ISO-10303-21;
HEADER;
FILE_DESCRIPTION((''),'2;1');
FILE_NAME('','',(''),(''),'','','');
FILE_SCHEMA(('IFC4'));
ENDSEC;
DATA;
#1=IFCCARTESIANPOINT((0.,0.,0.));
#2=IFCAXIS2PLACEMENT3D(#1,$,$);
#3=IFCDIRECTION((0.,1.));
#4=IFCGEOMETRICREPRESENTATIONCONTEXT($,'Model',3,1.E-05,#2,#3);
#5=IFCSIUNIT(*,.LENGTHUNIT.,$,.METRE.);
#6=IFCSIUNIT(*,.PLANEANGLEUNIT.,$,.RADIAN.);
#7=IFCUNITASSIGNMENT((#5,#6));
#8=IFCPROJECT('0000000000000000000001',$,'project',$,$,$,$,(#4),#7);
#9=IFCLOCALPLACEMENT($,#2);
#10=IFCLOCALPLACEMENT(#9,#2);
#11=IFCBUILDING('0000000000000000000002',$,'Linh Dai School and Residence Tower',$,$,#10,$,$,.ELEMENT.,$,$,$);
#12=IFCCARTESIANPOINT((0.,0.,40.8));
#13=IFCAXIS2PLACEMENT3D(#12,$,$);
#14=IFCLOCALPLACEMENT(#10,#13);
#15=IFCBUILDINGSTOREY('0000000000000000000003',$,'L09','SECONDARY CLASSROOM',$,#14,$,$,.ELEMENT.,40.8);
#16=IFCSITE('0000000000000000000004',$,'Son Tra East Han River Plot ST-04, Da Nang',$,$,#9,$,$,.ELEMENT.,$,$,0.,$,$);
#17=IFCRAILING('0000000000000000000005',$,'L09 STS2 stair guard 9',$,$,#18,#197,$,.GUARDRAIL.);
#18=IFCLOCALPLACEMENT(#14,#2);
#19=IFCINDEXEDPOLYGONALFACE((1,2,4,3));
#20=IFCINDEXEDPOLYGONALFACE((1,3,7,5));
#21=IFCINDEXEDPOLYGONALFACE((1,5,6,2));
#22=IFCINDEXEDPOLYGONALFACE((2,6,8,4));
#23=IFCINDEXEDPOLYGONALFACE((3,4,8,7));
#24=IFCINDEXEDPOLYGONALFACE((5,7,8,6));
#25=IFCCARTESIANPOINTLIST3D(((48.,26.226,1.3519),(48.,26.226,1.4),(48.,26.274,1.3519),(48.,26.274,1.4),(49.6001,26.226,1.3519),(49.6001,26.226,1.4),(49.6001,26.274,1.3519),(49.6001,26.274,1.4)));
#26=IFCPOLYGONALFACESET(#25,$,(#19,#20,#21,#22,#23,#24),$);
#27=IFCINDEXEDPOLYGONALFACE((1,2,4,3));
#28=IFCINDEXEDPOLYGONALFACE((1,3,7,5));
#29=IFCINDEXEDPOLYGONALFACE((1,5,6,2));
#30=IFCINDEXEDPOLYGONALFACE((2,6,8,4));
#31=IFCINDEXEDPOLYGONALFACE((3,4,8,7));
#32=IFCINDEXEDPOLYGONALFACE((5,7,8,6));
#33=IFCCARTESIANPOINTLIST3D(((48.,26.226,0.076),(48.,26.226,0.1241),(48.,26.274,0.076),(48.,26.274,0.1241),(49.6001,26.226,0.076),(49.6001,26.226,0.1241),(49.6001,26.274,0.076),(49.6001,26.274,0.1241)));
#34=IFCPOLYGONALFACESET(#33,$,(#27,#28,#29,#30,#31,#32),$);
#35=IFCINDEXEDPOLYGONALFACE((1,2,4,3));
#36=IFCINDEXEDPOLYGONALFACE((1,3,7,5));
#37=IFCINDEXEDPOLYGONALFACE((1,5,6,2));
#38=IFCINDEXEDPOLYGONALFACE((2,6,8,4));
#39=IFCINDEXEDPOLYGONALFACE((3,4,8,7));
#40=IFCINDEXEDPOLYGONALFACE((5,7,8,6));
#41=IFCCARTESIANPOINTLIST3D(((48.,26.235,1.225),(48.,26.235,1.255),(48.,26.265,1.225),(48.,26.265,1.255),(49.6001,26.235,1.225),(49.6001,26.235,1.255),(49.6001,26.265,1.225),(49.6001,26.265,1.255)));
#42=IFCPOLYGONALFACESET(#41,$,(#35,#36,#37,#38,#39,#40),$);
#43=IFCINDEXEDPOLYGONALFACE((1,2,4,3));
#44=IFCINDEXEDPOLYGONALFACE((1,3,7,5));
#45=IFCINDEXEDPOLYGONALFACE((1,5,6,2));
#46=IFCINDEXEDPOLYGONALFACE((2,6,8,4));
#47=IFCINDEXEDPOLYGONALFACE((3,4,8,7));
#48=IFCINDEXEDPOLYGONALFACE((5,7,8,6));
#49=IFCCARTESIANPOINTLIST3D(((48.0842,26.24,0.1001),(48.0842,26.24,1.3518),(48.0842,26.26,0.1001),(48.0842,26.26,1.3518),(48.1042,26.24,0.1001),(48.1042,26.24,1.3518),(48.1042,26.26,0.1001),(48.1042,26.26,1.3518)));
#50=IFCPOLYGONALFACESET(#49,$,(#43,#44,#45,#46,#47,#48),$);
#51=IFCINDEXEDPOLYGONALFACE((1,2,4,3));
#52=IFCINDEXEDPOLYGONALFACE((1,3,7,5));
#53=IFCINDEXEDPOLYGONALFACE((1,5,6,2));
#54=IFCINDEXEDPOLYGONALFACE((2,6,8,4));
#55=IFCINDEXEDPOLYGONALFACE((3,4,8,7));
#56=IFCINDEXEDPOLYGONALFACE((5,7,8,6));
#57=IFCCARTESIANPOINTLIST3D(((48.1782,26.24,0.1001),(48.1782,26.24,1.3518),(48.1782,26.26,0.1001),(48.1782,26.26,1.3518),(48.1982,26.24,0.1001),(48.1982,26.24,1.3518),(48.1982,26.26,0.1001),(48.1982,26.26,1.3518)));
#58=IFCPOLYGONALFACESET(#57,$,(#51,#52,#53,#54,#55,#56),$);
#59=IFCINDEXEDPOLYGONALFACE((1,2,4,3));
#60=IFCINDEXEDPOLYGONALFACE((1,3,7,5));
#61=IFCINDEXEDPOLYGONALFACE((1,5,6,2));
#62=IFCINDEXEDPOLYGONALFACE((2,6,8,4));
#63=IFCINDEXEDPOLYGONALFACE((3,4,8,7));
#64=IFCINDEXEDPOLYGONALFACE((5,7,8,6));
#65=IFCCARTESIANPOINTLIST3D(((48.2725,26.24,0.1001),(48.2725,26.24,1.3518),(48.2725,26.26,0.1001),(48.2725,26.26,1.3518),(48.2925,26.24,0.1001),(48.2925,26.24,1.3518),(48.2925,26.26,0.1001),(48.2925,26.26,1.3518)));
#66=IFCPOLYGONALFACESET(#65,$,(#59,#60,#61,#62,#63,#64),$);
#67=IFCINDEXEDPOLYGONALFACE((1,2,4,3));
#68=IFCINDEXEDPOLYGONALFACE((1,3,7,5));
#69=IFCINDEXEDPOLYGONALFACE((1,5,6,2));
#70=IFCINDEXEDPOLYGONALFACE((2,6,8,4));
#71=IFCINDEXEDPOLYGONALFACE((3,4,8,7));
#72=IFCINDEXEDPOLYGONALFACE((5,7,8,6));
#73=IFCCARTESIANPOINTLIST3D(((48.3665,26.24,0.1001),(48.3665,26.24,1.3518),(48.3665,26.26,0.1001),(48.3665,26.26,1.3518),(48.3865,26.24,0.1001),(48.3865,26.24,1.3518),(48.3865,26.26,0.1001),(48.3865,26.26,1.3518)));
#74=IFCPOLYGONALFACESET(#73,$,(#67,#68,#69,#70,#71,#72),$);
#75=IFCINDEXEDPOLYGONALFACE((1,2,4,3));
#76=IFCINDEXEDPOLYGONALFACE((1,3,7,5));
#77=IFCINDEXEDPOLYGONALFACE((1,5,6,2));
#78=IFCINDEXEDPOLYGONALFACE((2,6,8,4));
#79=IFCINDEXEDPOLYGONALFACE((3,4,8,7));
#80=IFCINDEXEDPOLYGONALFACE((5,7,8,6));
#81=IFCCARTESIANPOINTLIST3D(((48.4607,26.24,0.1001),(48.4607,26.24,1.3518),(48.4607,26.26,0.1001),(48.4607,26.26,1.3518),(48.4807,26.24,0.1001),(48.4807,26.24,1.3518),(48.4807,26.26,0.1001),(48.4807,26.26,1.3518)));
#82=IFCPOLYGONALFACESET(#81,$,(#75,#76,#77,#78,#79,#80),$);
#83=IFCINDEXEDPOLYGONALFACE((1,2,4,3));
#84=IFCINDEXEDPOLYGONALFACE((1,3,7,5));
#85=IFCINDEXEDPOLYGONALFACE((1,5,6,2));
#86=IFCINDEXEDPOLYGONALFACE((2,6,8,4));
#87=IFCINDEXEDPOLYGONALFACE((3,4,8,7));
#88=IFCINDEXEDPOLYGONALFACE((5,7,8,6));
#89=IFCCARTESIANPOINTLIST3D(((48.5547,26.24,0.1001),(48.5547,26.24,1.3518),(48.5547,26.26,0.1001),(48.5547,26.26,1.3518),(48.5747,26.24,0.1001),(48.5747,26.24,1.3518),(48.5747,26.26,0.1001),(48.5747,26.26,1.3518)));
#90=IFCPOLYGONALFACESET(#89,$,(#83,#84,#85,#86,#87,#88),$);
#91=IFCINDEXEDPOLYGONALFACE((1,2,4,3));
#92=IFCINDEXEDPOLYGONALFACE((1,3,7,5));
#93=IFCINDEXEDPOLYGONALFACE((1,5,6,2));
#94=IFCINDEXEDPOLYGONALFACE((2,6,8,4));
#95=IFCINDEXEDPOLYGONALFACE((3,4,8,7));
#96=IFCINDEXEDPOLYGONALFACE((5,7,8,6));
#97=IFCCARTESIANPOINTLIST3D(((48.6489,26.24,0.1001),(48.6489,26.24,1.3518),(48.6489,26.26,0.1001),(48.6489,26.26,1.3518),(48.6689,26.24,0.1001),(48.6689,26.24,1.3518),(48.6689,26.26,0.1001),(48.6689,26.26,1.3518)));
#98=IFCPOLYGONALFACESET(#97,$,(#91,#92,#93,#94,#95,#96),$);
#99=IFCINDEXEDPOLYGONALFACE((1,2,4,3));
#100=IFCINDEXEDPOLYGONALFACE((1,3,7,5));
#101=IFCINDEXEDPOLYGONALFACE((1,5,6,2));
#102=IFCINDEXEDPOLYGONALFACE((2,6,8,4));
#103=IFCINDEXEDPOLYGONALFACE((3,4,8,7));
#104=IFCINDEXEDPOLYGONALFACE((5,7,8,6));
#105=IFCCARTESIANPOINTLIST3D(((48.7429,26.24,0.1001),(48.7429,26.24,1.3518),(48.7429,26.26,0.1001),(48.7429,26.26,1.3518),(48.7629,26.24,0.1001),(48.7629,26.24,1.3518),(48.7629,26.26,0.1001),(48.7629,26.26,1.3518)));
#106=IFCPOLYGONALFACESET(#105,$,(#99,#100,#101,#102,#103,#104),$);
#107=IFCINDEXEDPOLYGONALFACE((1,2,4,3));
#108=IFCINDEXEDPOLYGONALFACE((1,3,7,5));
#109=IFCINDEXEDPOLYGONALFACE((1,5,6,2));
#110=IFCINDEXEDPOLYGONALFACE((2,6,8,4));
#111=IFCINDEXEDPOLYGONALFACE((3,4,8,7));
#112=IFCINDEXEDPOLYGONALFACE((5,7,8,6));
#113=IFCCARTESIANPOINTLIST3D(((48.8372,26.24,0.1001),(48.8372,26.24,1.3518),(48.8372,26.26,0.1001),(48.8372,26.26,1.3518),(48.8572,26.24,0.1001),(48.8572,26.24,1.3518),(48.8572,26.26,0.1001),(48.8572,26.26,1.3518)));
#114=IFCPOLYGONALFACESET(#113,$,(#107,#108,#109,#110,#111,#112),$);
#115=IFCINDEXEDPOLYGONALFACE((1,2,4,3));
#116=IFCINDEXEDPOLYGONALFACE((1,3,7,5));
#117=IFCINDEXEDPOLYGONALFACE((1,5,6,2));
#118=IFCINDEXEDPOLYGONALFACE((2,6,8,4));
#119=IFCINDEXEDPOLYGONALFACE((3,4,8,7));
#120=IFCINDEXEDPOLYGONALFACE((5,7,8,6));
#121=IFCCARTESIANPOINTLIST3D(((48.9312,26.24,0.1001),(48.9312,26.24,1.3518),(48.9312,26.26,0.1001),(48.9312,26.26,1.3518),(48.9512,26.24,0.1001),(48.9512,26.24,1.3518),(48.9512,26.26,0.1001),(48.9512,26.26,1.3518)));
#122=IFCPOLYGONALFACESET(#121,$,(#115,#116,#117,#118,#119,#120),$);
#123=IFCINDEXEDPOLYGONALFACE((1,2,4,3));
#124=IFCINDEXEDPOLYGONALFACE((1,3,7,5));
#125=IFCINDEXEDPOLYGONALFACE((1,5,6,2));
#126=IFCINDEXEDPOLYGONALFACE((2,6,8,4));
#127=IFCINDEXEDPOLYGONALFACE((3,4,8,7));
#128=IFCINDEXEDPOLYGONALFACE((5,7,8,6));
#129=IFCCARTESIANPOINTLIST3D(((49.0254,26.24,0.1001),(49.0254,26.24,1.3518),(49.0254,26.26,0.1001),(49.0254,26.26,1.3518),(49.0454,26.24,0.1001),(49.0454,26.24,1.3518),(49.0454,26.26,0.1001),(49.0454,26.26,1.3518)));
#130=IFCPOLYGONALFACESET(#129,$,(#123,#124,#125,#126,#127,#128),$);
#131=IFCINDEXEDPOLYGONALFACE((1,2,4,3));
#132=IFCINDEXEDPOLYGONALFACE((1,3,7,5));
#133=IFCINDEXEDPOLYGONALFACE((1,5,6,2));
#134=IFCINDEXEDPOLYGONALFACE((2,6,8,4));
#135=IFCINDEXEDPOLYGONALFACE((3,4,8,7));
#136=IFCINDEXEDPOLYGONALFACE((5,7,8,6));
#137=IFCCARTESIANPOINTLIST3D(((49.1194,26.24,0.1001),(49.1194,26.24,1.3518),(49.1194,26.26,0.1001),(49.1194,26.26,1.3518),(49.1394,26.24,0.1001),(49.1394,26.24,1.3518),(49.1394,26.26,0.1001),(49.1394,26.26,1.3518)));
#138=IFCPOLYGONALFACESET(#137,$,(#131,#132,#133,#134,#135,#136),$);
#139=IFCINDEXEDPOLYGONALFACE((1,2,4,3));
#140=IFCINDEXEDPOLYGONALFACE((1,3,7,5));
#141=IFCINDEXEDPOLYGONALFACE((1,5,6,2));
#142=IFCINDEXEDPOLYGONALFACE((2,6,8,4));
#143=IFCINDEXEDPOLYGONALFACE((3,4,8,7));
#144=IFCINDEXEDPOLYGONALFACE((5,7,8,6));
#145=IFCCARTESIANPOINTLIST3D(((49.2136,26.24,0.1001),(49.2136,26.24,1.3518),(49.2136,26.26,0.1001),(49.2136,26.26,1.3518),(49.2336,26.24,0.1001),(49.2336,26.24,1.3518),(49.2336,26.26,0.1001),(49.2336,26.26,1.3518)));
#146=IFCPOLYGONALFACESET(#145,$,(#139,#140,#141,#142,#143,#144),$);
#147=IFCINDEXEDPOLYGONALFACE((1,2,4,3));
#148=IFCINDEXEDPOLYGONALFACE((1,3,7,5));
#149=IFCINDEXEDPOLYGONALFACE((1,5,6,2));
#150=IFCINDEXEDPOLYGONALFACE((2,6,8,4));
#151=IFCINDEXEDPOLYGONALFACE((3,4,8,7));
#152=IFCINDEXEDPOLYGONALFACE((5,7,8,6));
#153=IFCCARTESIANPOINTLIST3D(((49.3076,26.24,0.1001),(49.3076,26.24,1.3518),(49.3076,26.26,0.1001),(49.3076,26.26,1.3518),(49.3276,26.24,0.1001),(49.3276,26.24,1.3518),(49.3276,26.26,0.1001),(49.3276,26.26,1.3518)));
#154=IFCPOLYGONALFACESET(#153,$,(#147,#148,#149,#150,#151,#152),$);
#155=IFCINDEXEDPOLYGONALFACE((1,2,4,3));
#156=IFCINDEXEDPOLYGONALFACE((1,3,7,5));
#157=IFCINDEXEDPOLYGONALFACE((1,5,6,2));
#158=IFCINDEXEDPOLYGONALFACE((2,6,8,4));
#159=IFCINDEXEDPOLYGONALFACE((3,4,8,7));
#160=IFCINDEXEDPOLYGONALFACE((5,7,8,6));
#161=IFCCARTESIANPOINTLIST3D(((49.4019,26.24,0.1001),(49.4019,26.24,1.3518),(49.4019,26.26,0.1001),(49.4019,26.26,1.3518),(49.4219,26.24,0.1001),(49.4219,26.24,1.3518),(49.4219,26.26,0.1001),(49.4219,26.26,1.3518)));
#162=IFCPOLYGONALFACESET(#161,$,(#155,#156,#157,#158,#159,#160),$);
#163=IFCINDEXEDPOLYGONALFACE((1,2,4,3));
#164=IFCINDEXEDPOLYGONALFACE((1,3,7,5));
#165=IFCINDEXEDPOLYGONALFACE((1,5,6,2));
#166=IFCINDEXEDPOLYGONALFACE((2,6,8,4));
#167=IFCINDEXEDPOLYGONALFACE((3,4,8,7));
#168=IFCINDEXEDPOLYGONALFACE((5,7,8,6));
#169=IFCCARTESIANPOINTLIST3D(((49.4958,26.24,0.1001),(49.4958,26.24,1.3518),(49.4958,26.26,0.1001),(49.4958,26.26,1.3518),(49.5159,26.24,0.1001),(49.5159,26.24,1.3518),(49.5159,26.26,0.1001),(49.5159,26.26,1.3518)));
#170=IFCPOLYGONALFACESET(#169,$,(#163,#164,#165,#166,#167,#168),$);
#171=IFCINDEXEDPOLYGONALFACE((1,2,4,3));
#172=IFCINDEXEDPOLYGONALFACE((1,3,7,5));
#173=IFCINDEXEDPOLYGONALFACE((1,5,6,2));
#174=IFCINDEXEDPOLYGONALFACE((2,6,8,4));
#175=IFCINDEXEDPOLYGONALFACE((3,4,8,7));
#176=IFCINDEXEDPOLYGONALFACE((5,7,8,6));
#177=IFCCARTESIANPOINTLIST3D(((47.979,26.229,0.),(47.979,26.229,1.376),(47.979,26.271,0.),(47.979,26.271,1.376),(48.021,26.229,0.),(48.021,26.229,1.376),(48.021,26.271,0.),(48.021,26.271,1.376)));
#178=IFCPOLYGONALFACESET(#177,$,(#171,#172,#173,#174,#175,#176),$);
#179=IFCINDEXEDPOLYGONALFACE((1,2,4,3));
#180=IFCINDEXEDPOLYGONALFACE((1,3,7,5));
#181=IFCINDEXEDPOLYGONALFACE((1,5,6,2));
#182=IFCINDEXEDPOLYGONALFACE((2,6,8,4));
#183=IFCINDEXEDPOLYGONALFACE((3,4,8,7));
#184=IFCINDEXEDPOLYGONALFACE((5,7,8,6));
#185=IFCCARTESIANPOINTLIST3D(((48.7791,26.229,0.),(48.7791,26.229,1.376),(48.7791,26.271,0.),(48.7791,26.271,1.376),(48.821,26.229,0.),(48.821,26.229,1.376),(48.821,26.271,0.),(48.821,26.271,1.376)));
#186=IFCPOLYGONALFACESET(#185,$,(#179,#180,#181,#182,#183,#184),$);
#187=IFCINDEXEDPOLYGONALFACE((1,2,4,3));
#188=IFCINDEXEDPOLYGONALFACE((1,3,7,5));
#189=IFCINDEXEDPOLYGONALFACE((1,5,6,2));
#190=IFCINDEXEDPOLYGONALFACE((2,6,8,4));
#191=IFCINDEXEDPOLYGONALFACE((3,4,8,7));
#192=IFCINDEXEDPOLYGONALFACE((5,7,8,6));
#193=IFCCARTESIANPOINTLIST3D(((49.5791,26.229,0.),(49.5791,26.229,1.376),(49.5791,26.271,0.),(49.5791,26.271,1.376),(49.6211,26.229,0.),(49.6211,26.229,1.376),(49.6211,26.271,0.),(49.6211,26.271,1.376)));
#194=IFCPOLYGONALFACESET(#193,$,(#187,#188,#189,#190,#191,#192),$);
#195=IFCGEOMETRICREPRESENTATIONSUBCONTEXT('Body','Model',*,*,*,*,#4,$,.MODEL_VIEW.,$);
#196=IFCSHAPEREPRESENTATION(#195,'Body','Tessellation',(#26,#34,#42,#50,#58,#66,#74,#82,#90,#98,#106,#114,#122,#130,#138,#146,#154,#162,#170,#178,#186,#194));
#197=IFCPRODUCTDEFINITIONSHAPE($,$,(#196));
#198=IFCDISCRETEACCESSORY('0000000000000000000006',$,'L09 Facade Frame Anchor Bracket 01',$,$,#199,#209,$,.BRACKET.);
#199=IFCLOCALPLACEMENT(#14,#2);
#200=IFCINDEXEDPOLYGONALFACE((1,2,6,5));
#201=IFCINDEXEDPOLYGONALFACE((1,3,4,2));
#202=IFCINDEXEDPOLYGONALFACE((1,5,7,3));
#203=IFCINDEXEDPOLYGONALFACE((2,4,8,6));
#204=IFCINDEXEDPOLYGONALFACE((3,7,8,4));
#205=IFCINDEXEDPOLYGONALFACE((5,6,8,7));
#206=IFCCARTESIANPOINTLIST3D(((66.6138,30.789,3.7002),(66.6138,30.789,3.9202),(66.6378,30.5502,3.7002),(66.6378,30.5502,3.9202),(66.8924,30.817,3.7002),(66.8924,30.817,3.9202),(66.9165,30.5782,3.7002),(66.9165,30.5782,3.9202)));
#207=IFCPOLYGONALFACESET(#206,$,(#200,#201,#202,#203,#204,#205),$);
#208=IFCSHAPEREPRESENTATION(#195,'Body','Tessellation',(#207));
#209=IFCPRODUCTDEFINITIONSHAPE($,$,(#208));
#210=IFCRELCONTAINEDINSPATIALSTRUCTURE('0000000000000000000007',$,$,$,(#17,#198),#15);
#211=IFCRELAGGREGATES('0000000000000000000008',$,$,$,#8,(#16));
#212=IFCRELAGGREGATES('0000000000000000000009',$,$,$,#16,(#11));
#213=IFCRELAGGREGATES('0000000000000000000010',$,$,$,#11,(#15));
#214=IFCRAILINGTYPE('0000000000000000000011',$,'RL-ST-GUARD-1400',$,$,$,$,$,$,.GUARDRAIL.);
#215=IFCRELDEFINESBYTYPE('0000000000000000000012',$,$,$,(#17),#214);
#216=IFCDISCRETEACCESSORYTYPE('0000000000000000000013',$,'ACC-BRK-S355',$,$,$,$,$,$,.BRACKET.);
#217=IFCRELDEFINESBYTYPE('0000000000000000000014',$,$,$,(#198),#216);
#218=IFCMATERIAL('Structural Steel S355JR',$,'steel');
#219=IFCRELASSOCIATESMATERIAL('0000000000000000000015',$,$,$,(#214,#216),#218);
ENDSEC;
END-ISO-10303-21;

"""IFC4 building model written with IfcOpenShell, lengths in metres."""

from ifc_helpers import new_model, si_unit, direction, frame, origin, origin_2d, place, context, subcontext, project, spatial, rectangle, extrude, source, transform, mapped, material, type_object, element, save


model = new_model("IFC4")

# Units and contexts
model_context = context("Model", 3, precision=1e-05, world=origin(), true_north=direction((0.0, 1.0)))
body_context = subcontext(model_context, "Body", "Model", "MODEL_VIEW")
ifc_project = project(units=[si_unit("LENGTHUNIT", "METRE"), si_unit("PLANEANGLEUNIT", "RADIAN")], contexts=[model_context])

# Site, building, storey
site_placement = place(None, origin())
site = spatial("IfcSite", under=ifc_project, at=site_placement, Name="Son Tra East Han River Plot ST-04, Da Nang", CompositionType="ELEMENT", RefElevation=0.0)
building_placement = place(site_placement, origin())
building = spatial("IfcBuilding", under=site, at=building_placement, Name="Linh Dai School and Residence Tower", CompositionType="ELEMENT")
storey_placement = place(building_placement, frame((0.0, 0.0, 40.8)))
storey = spatial("IfcBuildingStorey", under=building, at=storey_placement, Name="L09", Description="SECONDARY CLASSROOM", CompositionType="ELEMENT", Elevation=40.8)

# Shared definitions
ifc_material_1 = material(Name="Structural Steel S355JR", Category="steel")

# Railing
railing_type_1 = type_object("IfcRailingType", Name="RL-ST-GUARD-1400", PredefinedType="GUARDRAIL", material=ifc_material_1)
shared_shape_1 = source(origin(), body_context, "Body", "SweptSolid", [
    extrude(rectangle(XDim=0.0481, YDim=0.0481, at=origin_2d()), frame((0.0, 0.0, 1.376), z_axis=(1.0, 0.0, 0.0), x_axis=(0.0, 1.0, 0.0)), (0.0, 0.0, 1.0), 1.6001),
    extrude(rectangle(XDim=0.0481, YDim=0.0481, at=origin_2d()), frame((0.0, 0.0, 0.1001), z_axis=(1.0, 0.0, 0.0), x_axis=(0.0, 1.0, 0.0)), (0.0, 0.0, 1.0), 1.6001),
    extrude(rectangle(XDim=0.03, YDim=0.03, at=origin_2d()), frame((0.0, 0.0, 1.24), z_axis=(1.0, 0.0, 0.0), x_axis=(0.0, 1.0, 0.0)), (0.0, 0.0, 1.0), 1.6001),
    extrude(rectangle(XDim=0.02, YDim=0.02, at=origin_2d()), frame((0.0942, 0.0, 0.1001)), (0.0, 0.0, 1.0), 1.2517),
    extrude(rectangle(XDim=0.02, YDim=0.02, at=origin_2d()), frame((0.1882, 0.0, 0.1001)), (0.0, 0.0, 1.0), 1.2517),
    extrude(rectangle(XDim=0.02, YDim=0.02, at=origin_2d()), frame((0.2825, 0.0, 0.1001)), (0.0, 0.0, 1.0), 1.2517),
    extrude(rectangle(XDim=0.02, YDim=0.02, at=origin_2d()), frame((0.3765, 0.0, 0.1001)), (0.0, 0.0, 1.0), 1.2517),
    extrude(rectangle(XDim=0.02, YDim=0.02, at=origin_2d()), frame((0.4707, 0.0, 0.1001)), (0.0, 0.0, 1.0), 1.2517),
    extrude(rectangle(XDim=0.02, YDim=0.02, at=origin_2d()), frame((0.5647, 0.0, 0.1001)), (0.0, 0.0, 1.0), 1.2517),
    extrude(rectangle(XDim=0.02, YDim=0.02, at=origin_2d()), frame((0.6589, 0.0, 0.1001)), (0.0, 0.0, 1.0), 1.2517),
    extrude(rectangle(XDim=0.02, YDim=0.02, at=origin_2d()), frame((0.7529, 0.0, 0.1001)), (0.0, 0.0, 1.0), 1.2517),
    extrude(rectangle(XDim=0.02, YDim=0.02, at=origin_2d()), frame((0.8472, 0.0, 0.1001)), (0.0, 0.0, 1.0), 1.2517),
    extrude(rectangle(XDim=0.02, YDim=0.02, at=origin_2d()), frame((0.9412, 0.0, 0.1001)), (0.0, 0.0, 1.0), 1.2517),
    extrude(rectangle(XDim=0.02, YDim=0.02, at=origin_2d()), frame((1.0354, 0.0, 0.1001)), (0.0, 0.0, 1.0), 1.2517),
    extrude(rectangle(XDim=0.02, YDim=0.02, at=origin_2d()), frame((1.1294, 0.0, 0.1001)), (0.0, 0.0, 1.0), 1.2517),
    extrude(rectangle(XDim=0.02, YDim=0.02, at=origin_2d()), frame((1.2236, 0.0, 0.1001)), (0.0, 0.0, 1.0), 1.2517),
    extrude(rectangle(XDim=0.02, YDim=0.02, at=origin_2d()), frame((1.3176, 0.0, 0.1001)), (0.0, 0.0, 1.0), 1.2517),
    extrude(rectangle(XDim=0.02, YDim=0.02, at=origin_2d()), frame((1.4119, 0.0, 0.1001)), (0.0, 0.0, 1.0), 1.2517),
    extrude(rectangle(XDim=0.02, YDim=0.02, at=origin_2d()), frame((1.5059, 0.0, 0.1001)), (0.0, 0.0, 1.0), 1.2517),
    extrude(rectangle(XDim=0.042, YDim=0.042, at=origin_2d()), origin(), (0.0, 0.0, 1.0), 1.376),
    extrude(rectangle(XDim=0.042, YDim=0.042, at=origin_2d()), frame((0.8, 0.0, 0.0)), (0.0, 0.0, 1.0), 1.376),
    extrude(rectangle(XDim=0.042, YDim=0.042, at=origin_2d()), frame((1.6001, 0.0, 0.0)), (0.0, 0.0, 1.0), 1.376),
])
railing_1_placement = place(storey_placement, frame((48.0, 26.25, 0.0)))
element("IfcRailing", 1, at=railing_1_placement, inside=storey, type_object=railing_type_1, Name="L09 STS2 stair guard 9", PredefinedType="GUARDRAIL", context=body_context, shape_type="MappedRepresentation", body=[
    mapped(shared_shape_1, transform((0.0, 0.0, 0.0), x_axis=(1.0, 0.0, 0.0), y_axis=(0.0, 1.0, 0.0), z_axis=(0.0, 0.0, 1.0), scale=1.0)),
])

# Discrete accessory
discrete_accessory_type = type_object("IfcDiscreteAccessoryType", Name="ACC-BRK-S355", PredefinedType="BRACKET", material=ifc_material_1)
shared_shape_2 = source(origin(), body_context, "Body", "SweptSolid", [
    extrude(rectangle(XDim=0.28, YDim=0.24, at=origin_2d()), origin(), (0.0, 0.0, 1.0), 0.22),
])
discrete_accessory_placement = place(storey_placement, frame((66.7651, 30.6836, 3.7002), z_axis=(0.0, 0.0, 1.0), x_axis=(0.994986, 0.100009, 0.0)))
element("IfcDiscreteAccessory", 2, at=discrete_accessory_placement, inside=storey, type_object=discrete_accessory_type, Name="L09 Facade Frame Anchor Bracket 01", PredefinedType="BRACKET", context=body_context, shape_type="MappedRepresentation", body=[
    mapped(shared_shape_2, transform((0.0, 0.0, 0.0), x_axis=(1.0, 0.0, 0.0), y_axis=(0.0, 1.0, 0.0), z_axis=(0.0, 0.0, 1.0), scale=1.0)),
])

save(model, "model.ifc")
